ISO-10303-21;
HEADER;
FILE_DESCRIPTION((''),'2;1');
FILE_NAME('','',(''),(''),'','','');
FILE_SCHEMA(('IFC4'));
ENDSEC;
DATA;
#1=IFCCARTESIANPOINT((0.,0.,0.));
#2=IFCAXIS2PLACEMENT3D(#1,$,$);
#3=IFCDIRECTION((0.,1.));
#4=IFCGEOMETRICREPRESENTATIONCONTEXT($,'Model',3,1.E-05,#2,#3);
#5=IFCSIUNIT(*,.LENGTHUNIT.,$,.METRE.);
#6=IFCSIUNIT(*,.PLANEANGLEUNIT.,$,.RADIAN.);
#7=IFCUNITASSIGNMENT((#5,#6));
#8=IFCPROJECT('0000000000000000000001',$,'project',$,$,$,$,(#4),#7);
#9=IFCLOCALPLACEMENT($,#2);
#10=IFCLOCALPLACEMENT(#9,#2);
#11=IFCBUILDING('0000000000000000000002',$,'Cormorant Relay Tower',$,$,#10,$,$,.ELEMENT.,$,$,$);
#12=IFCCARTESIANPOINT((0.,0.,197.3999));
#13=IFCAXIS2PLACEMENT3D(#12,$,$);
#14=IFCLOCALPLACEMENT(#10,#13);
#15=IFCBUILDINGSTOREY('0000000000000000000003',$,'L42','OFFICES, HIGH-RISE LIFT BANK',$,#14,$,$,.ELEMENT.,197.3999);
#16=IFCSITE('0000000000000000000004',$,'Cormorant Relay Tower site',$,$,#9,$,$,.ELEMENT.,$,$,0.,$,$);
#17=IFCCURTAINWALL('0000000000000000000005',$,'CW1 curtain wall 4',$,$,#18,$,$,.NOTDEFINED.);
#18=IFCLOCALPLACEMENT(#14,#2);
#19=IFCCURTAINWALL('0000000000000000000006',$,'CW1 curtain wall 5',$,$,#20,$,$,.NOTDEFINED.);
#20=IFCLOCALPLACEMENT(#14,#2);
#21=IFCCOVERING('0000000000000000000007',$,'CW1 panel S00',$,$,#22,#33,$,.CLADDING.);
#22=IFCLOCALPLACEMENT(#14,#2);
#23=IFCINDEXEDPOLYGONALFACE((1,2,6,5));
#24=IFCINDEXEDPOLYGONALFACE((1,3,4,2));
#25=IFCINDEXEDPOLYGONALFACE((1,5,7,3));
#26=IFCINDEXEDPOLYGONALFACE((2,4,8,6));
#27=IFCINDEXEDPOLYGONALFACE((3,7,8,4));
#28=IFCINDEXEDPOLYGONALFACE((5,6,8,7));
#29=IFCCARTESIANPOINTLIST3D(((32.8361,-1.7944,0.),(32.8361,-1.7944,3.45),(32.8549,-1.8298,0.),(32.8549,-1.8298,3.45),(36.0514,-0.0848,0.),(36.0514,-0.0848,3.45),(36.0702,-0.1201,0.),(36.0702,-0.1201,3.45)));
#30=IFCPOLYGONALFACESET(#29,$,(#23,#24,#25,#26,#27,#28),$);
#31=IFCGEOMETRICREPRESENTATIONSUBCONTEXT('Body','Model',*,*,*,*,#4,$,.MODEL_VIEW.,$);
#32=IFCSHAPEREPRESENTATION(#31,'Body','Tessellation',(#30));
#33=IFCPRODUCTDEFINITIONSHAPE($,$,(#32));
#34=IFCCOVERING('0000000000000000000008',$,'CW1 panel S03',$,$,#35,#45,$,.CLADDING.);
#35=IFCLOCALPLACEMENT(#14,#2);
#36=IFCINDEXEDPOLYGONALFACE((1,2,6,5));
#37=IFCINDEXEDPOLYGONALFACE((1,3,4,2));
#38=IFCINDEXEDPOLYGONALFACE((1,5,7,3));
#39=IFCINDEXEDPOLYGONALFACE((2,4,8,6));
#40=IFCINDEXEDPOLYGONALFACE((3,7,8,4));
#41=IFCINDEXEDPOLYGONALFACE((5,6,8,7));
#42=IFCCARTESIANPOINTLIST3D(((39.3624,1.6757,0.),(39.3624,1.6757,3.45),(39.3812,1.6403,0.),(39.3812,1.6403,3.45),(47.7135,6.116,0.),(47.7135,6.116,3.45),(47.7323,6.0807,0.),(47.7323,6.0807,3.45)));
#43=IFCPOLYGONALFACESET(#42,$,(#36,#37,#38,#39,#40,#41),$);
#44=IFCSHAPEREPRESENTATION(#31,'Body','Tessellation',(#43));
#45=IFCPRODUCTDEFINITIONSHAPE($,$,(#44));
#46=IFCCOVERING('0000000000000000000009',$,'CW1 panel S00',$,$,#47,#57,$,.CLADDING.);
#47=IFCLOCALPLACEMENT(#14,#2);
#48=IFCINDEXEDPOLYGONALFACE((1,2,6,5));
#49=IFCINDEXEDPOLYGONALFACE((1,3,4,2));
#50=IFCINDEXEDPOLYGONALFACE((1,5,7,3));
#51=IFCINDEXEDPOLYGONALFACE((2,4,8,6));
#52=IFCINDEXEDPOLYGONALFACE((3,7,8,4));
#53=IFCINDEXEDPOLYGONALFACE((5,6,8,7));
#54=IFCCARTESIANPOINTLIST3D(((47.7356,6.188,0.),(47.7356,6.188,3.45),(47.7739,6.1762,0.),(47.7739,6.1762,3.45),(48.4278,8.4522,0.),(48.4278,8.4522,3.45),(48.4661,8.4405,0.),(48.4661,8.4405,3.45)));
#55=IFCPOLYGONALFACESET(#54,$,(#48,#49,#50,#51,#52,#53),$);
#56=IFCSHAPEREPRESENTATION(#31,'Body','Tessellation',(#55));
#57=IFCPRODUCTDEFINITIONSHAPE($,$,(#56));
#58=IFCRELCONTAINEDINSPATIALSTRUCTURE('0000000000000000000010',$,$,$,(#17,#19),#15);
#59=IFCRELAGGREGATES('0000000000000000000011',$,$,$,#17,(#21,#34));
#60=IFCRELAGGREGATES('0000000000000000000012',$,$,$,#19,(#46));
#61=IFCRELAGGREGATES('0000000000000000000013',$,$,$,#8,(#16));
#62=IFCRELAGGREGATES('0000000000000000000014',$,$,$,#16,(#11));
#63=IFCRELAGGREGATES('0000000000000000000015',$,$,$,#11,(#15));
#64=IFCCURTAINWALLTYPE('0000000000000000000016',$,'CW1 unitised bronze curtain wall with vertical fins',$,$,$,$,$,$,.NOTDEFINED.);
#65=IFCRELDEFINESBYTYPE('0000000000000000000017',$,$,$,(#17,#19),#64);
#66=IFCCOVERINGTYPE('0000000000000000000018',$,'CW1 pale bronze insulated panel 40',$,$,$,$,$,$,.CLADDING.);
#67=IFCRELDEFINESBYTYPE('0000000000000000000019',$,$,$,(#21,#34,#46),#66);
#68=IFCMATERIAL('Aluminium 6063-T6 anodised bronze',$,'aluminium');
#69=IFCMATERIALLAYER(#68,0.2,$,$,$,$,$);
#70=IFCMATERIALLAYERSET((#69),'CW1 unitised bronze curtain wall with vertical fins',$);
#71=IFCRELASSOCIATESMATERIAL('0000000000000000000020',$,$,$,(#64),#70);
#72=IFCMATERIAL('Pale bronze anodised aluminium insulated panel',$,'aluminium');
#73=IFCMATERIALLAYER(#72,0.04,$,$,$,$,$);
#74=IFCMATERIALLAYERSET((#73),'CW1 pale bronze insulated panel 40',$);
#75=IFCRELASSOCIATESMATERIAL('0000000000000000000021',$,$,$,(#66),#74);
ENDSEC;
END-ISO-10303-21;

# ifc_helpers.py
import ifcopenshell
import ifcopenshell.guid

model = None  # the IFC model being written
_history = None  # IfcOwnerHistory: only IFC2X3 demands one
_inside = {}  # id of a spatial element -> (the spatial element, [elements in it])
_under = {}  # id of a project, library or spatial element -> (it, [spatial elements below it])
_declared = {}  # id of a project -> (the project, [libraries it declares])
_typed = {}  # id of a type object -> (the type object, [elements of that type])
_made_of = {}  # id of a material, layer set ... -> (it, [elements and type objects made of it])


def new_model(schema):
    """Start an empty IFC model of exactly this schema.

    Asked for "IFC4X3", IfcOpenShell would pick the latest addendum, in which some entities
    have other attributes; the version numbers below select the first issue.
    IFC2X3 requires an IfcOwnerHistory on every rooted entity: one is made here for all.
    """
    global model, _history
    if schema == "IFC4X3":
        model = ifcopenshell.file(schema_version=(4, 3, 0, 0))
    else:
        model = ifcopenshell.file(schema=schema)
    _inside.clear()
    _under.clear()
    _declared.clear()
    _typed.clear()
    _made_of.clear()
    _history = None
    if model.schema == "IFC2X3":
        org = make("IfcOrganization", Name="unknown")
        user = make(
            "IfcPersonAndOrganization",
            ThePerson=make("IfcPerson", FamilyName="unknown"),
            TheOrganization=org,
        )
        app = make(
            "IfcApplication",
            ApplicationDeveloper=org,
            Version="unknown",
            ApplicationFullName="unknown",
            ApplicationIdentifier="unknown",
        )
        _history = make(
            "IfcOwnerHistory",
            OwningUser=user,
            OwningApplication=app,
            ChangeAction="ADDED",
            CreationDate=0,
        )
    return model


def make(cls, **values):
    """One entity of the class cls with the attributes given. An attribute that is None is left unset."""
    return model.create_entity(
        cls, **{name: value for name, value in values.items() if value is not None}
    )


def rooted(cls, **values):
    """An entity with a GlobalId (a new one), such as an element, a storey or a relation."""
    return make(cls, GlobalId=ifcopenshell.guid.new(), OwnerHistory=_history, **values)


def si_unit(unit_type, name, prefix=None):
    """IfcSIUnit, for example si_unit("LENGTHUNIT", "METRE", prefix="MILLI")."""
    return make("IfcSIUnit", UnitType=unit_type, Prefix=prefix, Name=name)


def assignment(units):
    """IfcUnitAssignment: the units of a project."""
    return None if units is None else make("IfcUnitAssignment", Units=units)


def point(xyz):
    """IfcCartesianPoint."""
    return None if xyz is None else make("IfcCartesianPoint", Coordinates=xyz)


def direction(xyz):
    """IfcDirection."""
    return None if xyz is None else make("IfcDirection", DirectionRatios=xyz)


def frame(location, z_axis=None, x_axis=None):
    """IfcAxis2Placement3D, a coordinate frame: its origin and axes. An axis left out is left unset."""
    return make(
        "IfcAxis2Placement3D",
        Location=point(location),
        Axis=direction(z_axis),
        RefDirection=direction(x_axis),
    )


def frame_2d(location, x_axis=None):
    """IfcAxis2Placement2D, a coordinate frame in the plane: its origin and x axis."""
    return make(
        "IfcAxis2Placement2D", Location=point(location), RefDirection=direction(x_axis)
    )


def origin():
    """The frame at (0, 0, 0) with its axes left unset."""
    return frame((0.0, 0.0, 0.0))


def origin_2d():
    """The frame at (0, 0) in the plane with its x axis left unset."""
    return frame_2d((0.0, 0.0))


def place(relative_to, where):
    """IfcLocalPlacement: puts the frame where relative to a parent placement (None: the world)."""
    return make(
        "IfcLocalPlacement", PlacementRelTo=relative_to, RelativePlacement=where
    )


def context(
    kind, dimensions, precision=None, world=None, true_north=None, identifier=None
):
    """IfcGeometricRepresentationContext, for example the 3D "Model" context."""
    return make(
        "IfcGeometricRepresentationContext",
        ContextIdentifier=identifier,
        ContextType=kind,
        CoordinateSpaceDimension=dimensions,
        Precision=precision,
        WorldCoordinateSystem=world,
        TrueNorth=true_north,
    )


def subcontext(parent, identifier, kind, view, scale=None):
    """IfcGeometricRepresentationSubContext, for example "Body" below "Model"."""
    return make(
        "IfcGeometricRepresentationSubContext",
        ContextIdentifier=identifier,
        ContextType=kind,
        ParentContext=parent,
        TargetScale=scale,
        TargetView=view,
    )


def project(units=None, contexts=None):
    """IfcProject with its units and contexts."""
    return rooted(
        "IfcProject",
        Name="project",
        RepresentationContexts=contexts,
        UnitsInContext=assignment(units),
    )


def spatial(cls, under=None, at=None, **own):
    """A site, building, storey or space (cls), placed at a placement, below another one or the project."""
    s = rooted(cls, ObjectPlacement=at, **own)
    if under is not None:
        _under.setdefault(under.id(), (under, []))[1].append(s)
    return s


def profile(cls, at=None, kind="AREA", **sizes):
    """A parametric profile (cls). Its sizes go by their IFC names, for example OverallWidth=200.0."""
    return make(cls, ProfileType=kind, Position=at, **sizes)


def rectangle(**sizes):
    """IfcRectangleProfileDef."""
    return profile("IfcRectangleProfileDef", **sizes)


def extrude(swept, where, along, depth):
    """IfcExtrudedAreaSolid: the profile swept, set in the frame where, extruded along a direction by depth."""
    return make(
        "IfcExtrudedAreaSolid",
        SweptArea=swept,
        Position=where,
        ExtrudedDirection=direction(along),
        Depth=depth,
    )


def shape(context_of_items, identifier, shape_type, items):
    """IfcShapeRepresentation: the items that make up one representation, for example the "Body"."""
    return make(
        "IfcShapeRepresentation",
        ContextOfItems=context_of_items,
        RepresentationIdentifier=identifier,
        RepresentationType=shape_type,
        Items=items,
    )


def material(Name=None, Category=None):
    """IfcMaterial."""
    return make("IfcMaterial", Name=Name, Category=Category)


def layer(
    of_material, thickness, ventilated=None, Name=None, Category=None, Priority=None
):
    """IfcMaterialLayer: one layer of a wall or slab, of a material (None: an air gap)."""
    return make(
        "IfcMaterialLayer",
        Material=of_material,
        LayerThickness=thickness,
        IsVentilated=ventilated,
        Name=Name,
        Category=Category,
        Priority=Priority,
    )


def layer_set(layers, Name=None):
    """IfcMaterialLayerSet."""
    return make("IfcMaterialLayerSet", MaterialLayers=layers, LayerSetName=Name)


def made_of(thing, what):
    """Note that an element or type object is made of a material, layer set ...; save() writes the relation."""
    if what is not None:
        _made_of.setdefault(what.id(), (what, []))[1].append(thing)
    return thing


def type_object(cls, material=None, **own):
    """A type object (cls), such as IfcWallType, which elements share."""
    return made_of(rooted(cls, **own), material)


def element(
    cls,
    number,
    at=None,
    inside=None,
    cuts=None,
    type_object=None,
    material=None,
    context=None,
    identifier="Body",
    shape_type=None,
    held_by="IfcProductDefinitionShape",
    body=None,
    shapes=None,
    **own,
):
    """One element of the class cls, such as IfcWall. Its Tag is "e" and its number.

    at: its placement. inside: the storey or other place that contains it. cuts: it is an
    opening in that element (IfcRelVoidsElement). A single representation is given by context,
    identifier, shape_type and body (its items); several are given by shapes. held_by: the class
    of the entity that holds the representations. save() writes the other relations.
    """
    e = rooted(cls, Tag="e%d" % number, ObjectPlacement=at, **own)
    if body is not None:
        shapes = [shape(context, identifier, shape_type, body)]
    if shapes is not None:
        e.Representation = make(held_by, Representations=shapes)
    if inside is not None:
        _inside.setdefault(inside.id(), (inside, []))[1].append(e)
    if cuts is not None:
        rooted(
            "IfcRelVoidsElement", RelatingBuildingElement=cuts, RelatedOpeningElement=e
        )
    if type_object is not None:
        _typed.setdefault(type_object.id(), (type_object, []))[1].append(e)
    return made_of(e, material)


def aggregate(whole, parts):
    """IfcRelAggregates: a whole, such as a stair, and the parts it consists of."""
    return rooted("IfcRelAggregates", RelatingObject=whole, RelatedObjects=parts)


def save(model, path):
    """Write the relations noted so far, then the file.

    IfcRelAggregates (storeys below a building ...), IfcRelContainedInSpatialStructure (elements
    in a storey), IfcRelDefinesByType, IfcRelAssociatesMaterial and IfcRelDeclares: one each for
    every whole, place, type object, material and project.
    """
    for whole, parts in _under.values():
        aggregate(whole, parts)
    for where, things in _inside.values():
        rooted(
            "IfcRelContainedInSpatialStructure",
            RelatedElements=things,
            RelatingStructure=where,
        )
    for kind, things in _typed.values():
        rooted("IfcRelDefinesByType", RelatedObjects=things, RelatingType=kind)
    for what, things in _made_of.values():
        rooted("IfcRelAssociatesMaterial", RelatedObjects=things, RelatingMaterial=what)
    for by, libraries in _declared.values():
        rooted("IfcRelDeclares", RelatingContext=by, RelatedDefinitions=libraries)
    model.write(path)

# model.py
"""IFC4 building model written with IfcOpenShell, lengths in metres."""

from ifc_helpers import new_model, si_unit, direction, frame, origin, origin_2d, place, context, subcontext, project, spatial, rectangle, extrude, material, layer, layer_set, type_object, element, aggregate, save


model = new_model("IFC4")

# Units and contexts
model_context = context("Model", 3, precision=1e-05, world=origin(), true_north=direction((0.0, 1.0)))
body_context = subcontext(model_context, "Body", "Model", "MODEL_VIEW")
ifc_project = project(units=[si_unit("LENGTHUNIT", "METRE"), si_unit("PLANEANGLEUNIT", "RADIAN")], contexts=[model_context])

# Site, building, storey
site_placement = place(None, origin())
site = spatial("IfcSite", under=ifc_project, at=site_placement, Name="Cormorant Relay Tower site", CompositionType="ELEMENT", RefElevation=0.0)
building_placement = place(site_placement, origin())
building = spatial("IfcBuilding", under=site, at=building_placement, Name="Cormorant Relay Tower", CompositionType="ELEMENT")
storey_placement = place(building_placement, frame((0.0, 0.0, 197.3999)))
storey = spatial("IfcBuildingStorey", under=building, at=storey_placement, Name="L42", Description="OFFICES, HIGH-RISE LIFT BANK", CompositionType="ELEMENT", Elevation=197.3999)

# Shared definitions
ifc_material_1 = material(Name="Aluminium 6063-T6 anodised bronze", Category="aluminium")
ifc_layer_1 = layer(ifc_material_1, 0.2)
ifc_layer_set_1 = layer_set([ifc_layer_1], Name="CW1 unitised bronze curtain wall with vertical fins")
curtain_wall_type = type_object("IfcCurtainWallType", Name="CW1 unitised bronze curtain wall with vertical fins", PredefinedType="NOTDEFINED", material=ifc_layer_set_1)

# Curtain wall
curtain_wall_1_placement = place(storey_placement, origin())
curtain_wall_1 = element("IfcCurtainWall", 1, at=curtain_wall_1_placement, inside=storey, type_object=curtain_wall_type, Name="CW1 curtain wall 4", PredefinedType="NOTDEFINED")

# Curtain wall
curtain_wall_2_placement = place(storey_placement, origin())
curtain_wall_2 = element("IfcCurtainWall", 2, at=curtain_wall_2_placement, inside=storey, type_object=curtain_wall_type, Name="CW1 curtain wall 5", PredefinedType="NOTDEFINED")

# Coverings
ifc_material_2 = material(Name="Pale bronze anodised aluminium insulated panel", Category="aluminium")
ifc_layer_2 = layer(ifc_material_2, 0.04)
ifc_layer_set_2 = layer_set([ifc_layer_2], Name="CW1 pale bronze insulated panel 40")
covering_type = type_object("IfcCoveringType", Name="CW1 pale bronze insulated panel 40", PredefinedType="CLADDING", material=ifc_layer_set_2)
covering_1_placement = place(storey_placement, frame((34.4531, -0.9573, 0.0), z_axis=(0.0, 0.0, 1.0), x_axis=(0.882948, 0.469472, 0.0)))
covering_1 = element("IfcCovering", 3, at=covering_1_placement, type_object=covering_type, Name="CW1 panel S00", PredefinedType="CLADDING", context=body_context, shape_type="SweptSolid", body=[
    extrude(rectangle(XDim=3.6416, YDim=0.04, at=origin_2d()), origin(), (0.0, 0.0, 1.0), 3.45),
])
covering_2_placement = place(storey_placement, frame((43.5474, 3.8782, 0.0), z_axis=(0.0, 0.0, 1.0), x_axis=(0.882948, 0.469472, 0.0)))
covering_2 = element("IfcCovering", 4, at=covering_2_placement, type_object=covering_type, Name="CW1 panel S03", PredefinedType="CLADDING", context=body_context, shape_type="SweptSolid", body=[
    extrude(rectangle(XDim=9.4583, YDim=0.04, at=origin_2d()), origin(), (0.0, 0.0, 1.0), 3.45),
])
aggregate(curtain_wall_1, [covering_1, covering_2])
covering_3_placement = place(storey_placement, frame((48.1008, 7.3142, 0.0), z_axis=(0.0, 0.0, 1.0), x_axis=(0.292372, 0.956305, 0.0)))
covering_3 = element("IfcCovering", 5, at=covering_3_placement, type_object=covering_type, Name="CW1 panel S00", PredefinedType="CLADDING", context=body_context, shape_type="SweptSolid", body=[
    extrude(rectangle(XDim=2.3677, YDim=0.04, at=origin_2d()), origin(), (0.0, 0.0, 1.0), 3.45),
])
aggregate(curtain_wall_2, [covering_3])

save(model, "model.ifc")
